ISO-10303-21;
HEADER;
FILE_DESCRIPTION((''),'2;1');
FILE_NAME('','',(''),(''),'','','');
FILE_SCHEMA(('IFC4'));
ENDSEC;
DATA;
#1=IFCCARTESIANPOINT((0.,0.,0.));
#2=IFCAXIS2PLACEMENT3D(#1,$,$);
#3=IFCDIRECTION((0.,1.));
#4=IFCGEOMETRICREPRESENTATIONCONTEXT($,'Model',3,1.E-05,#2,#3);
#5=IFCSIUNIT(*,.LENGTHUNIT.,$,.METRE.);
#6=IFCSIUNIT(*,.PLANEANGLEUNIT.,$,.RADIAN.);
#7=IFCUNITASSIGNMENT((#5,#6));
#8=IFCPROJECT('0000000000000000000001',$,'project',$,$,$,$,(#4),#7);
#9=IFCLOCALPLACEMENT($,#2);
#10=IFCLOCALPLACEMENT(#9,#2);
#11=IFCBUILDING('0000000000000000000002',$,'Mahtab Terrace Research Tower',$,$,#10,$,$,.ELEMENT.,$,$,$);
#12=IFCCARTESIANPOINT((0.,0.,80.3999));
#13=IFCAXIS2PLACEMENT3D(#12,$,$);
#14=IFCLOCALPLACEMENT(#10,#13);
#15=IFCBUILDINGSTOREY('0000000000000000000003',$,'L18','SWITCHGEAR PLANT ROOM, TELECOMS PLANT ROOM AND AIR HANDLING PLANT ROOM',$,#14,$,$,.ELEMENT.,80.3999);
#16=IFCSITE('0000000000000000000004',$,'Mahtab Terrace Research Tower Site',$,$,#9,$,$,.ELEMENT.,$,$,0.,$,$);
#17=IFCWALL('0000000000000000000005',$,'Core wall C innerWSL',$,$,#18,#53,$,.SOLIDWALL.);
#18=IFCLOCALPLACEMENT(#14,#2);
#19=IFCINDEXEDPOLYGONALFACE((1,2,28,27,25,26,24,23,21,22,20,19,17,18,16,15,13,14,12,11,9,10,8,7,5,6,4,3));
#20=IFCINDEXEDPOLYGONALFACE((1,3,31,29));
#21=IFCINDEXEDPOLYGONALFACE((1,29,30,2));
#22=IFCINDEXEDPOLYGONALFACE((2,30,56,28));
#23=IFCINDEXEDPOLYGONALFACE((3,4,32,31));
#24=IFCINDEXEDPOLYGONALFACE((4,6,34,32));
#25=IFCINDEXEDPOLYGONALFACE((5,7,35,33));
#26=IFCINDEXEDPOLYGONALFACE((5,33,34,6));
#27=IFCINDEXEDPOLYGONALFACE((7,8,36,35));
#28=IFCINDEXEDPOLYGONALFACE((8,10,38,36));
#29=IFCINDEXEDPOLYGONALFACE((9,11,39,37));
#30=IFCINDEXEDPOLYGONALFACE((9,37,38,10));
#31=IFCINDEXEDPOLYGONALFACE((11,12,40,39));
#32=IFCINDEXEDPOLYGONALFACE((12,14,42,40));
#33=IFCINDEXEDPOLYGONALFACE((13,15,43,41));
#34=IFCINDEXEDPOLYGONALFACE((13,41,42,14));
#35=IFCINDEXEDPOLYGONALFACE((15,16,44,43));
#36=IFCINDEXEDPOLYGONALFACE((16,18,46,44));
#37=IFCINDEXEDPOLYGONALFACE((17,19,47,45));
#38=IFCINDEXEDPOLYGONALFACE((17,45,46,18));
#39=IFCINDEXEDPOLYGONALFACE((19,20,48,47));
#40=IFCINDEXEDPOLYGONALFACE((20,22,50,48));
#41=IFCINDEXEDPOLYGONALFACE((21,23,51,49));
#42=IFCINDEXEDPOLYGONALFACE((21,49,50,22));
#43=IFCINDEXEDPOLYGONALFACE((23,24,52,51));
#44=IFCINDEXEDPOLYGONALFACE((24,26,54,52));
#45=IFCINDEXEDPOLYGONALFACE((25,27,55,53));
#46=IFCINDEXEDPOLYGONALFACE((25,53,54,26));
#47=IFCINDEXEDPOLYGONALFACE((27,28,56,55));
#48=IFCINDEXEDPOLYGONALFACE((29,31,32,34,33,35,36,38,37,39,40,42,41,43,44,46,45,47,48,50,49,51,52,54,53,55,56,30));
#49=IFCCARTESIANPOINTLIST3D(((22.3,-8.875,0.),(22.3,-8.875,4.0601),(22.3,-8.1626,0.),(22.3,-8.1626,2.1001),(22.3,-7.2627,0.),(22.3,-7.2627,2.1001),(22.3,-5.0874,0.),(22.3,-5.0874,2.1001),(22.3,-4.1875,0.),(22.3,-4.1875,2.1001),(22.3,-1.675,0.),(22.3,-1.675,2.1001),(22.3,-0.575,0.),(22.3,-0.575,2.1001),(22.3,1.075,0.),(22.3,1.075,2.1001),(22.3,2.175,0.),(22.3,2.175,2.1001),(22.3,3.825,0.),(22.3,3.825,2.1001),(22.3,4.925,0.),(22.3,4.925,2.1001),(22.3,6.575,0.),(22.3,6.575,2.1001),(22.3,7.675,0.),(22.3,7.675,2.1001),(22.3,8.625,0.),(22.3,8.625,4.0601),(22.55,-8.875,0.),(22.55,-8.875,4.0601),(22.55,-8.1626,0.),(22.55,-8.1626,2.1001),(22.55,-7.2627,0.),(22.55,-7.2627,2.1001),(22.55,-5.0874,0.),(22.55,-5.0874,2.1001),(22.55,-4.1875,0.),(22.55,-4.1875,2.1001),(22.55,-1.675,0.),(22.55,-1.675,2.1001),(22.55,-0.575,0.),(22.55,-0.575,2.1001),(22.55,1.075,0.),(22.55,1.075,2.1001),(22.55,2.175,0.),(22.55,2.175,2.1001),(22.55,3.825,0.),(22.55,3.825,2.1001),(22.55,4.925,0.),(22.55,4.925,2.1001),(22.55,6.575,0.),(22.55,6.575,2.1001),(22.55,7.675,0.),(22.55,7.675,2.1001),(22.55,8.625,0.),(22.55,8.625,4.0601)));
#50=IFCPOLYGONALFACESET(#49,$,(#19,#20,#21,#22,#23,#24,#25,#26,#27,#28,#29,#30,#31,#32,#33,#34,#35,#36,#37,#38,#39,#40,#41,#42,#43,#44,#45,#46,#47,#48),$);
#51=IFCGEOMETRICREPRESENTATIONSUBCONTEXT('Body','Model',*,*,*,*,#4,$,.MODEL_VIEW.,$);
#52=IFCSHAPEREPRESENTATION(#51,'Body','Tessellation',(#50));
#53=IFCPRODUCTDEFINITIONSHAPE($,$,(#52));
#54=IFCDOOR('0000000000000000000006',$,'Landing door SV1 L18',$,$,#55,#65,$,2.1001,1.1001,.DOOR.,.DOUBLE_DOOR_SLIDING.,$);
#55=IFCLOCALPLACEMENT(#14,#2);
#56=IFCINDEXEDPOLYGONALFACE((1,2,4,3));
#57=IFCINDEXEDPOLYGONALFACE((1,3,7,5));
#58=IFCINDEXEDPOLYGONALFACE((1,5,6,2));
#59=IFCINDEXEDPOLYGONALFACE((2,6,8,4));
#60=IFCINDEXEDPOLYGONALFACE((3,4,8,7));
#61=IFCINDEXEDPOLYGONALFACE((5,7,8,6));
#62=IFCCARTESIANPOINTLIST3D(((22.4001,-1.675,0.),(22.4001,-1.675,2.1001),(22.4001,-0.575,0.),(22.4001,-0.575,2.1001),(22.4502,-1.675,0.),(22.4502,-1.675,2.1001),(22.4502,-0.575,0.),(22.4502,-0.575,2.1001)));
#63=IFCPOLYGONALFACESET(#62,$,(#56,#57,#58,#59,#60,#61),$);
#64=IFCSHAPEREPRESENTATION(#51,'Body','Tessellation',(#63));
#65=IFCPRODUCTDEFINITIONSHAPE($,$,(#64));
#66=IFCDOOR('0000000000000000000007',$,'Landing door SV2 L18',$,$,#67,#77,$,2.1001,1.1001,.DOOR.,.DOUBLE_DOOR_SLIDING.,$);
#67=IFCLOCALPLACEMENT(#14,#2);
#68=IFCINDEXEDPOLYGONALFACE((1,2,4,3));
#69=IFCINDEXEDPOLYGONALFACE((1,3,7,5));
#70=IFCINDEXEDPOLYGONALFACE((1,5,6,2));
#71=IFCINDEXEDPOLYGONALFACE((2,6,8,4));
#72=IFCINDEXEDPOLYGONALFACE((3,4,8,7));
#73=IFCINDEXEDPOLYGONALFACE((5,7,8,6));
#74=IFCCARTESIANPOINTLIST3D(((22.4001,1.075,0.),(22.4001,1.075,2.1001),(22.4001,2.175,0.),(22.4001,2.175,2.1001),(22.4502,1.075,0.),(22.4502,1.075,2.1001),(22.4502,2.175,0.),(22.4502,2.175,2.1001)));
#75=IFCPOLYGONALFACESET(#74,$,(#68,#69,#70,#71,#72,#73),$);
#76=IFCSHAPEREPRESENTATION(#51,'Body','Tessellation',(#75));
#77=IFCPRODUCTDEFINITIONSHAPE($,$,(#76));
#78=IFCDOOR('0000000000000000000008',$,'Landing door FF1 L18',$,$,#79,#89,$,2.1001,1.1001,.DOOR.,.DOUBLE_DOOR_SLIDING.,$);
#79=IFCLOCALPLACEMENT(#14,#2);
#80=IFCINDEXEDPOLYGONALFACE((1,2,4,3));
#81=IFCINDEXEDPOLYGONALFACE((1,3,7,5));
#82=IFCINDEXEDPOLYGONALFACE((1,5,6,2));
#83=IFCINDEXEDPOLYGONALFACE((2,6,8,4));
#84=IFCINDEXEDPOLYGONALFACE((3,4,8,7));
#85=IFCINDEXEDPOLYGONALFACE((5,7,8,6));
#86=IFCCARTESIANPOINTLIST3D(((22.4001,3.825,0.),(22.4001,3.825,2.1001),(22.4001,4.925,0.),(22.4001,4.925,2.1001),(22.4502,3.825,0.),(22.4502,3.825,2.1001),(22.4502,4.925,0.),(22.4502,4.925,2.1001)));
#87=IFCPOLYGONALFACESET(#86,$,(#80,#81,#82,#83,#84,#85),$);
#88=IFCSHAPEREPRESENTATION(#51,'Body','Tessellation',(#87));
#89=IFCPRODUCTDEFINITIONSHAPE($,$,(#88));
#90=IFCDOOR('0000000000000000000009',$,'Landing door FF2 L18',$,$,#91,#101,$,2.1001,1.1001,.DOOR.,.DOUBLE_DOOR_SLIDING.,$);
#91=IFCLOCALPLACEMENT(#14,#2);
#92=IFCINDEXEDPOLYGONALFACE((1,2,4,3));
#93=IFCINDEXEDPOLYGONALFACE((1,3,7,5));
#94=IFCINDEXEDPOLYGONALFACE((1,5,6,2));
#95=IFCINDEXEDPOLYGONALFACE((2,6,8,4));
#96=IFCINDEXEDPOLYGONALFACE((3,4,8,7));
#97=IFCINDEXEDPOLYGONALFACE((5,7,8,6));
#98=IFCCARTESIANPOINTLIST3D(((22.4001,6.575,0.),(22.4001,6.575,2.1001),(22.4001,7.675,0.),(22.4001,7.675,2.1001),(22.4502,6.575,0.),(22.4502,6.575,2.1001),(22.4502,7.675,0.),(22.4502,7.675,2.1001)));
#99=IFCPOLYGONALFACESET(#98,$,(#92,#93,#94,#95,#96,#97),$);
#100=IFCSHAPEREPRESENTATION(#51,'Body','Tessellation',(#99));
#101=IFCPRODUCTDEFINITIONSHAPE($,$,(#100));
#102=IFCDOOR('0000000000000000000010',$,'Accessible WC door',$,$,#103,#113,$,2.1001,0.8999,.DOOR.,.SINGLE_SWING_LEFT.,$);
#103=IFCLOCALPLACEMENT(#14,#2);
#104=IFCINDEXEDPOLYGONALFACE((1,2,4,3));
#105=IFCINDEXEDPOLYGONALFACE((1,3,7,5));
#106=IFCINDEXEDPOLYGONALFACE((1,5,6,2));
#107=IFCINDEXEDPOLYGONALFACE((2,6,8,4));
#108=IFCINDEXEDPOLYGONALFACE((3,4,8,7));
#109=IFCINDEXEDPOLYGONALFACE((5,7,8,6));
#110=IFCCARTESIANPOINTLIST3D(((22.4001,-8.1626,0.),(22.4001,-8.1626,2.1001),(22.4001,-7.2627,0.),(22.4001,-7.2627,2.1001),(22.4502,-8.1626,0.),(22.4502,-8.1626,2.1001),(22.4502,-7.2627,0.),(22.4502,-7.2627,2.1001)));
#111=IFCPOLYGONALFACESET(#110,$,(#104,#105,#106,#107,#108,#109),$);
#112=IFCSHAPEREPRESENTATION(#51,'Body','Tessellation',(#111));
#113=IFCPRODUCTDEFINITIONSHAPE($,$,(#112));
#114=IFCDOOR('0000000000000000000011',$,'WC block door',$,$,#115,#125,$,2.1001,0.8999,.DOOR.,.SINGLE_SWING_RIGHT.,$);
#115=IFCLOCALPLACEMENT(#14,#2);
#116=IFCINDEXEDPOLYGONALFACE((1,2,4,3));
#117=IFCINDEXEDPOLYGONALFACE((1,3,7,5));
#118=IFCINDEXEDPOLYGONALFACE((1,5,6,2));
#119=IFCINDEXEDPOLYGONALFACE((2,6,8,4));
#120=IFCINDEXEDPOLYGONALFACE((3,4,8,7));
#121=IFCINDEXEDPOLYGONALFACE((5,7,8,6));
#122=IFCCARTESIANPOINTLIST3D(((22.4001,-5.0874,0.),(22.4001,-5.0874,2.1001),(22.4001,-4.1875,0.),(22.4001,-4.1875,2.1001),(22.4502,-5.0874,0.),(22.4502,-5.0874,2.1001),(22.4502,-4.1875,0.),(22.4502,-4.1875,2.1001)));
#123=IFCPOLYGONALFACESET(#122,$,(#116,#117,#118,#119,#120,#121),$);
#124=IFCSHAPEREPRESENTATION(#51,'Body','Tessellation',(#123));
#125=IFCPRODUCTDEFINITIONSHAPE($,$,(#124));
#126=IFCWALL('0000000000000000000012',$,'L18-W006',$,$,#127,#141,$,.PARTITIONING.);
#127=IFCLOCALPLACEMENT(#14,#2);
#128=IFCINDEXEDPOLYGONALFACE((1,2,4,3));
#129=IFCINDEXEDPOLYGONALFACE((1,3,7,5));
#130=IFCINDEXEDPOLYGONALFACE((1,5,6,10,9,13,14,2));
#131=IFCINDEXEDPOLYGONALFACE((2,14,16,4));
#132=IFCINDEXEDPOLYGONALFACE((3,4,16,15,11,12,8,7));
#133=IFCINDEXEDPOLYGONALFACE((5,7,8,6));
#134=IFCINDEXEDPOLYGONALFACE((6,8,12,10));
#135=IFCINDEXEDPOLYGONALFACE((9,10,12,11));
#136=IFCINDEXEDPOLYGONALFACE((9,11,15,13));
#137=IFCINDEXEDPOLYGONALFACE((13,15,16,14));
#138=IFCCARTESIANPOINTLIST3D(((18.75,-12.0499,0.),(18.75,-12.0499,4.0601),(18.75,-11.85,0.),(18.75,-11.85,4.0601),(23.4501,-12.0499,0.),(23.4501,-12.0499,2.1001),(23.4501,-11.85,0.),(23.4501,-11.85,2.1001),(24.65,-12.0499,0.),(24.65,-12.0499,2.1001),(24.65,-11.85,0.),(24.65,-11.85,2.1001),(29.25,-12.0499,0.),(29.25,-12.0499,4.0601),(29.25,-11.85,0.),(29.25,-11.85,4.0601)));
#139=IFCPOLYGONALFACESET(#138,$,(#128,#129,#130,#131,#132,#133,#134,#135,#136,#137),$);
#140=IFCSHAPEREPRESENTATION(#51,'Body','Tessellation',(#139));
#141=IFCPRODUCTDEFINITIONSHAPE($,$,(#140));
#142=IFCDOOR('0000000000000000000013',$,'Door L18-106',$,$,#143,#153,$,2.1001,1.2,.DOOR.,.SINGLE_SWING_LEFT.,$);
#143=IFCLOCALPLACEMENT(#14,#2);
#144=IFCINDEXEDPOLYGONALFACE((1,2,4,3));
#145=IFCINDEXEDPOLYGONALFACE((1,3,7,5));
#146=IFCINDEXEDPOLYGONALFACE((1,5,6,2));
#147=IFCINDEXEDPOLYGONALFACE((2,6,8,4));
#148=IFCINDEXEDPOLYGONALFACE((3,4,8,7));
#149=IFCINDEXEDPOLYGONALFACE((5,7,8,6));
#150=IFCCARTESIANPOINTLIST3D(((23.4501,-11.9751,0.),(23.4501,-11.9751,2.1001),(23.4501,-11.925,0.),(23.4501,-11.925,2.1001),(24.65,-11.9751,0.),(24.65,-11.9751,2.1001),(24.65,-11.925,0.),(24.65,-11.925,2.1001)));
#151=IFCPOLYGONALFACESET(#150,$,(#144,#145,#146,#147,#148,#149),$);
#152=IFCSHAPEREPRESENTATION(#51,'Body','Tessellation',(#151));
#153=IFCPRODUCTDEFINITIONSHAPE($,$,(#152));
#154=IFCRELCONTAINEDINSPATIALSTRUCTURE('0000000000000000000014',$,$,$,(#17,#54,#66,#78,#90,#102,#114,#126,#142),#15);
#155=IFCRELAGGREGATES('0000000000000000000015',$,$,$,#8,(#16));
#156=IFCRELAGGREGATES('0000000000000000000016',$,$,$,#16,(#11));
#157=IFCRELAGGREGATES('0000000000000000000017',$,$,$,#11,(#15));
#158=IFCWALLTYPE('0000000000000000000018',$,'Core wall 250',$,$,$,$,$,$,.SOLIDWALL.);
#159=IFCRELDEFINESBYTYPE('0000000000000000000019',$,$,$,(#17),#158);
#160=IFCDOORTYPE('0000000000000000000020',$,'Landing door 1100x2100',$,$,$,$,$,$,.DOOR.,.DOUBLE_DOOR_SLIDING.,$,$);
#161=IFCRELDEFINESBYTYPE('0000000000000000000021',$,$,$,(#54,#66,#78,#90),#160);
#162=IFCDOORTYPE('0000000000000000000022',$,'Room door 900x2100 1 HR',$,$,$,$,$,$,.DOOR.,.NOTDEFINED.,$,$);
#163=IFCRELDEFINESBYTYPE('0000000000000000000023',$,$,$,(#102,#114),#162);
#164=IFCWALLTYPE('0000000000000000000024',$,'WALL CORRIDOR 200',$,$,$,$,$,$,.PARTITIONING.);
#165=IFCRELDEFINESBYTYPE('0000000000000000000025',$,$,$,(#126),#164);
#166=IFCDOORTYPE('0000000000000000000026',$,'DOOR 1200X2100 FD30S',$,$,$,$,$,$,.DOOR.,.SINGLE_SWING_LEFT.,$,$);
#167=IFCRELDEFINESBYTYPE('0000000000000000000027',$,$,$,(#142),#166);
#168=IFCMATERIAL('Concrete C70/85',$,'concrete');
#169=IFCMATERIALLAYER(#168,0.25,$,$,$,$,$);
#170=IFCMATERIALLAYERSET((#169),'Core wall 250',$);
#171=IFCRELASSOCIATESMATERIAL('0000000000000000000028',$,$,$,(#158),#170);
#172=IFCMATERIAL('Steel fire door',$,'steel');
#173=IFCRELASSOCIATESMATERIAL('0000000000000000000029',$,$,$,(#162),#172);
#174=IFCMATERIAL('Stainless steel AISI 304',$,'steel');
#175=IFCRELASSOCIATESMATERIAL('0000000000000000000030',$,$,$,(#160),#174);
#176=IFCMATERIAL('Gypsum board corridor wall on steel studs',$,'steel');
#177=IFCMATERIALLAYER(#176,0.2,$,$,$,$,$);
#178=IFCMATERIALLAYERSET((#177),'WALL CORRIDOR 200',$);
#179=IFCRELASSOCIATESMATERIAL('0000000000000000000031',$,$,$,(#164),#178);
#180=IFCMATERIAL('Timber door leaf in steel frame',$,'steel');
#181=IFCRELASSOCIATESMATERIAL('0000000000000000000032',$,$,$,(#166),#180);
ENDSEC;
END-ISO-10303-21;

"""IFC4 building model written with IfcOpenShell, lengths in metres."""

from ifc_helpers import new_model, si_unit, direction, frame, frame_2d, origin, place, context, subcontext, project, spatial, rectangle, extrude, material, layer, layer_set, type_object, element, fill, save


model = new_model("IFC4")

# Units and contexts
model_context = context("Model", 3, precision=1e-05, world=origin(), true_north=direction((0.0, 1.0)))
body_context = subcontext(model_context, "Body", "Model", "MODEL_VIEW")
ifc_project = project(units=[si_unit("LENGTHUNIT", "METRE"), si_unit("PLANEANGLEUNIT", "RADIAN")], contexts=[model_context])

# Site, building, storey
site_placement = place(None, origin())
site = spatial("IfcSite", under=ifc_project, at=site_placement, Name="Mahtab Terrace Research Tower Site", CompositionType="ELEMENT", RefElevation=0.0)
building_placement = place(site_placement, origin())
building = spatial("IfcBuilding", under=site, at=building_placement, Name="Mahtab Terrace Research Tower", CompositionType="ELEMENT")
storey_placement = place(building_placement, frame((0.0, 0.0, 80.3999)))
storey = spatial("IfcBuildingStorey", under=building, at=storey_placement, Name="L18", Description="SWITCHGEAR PLANT ROOM, TELECOMS PLANT ROOM AND AIR HANDLING PLANT ROOM", CompositionType="ELEMENT", Elevation=80.3999)

# Shared definitions
ifc_material_1 = material(Name="Concrete C70/85", Category="concrete")

# Shared definitions
ifc_layer_1 = layer(ifc_material_1, 0.25)
ifc_layer_set_1 = layer_set([ifc_layer_1], Name="Core wall 250")
wall_type_1 = type_object("IfcWallType", Name="Core wall 250", PredefinedType="SOLIDWALL", material=ifc_layer_set_1)
ifc_material_2 = material(Name="Steel fire door", Category="steel")
door_type_1 = type_object("IfcDoorType", Name="Room door 900x2100 1 HR", OperationType="NOTDEFINED", PredefinedType="DOOR", material=ifc_material_2)

# Wall, openings, doors
wall_1_placement = place(storey_placement, frame((22.425, -8.875, 0.0), z_axis=(0.0, 0.0, 1.0), x_axis=(0.0, 1.0, 0.0)))
wall_1 = element("IfcWall", 1, at=wall_1_placement, inside=storey, type_object=wall_type_1, Name="Core wall C innerWSL", PredefinedType="SOLIDWALL", context=body_context, shape_type="SweptSolid", body=[
    extrude(rectangle(XDim=17.5, YDim=0.25, at=frame_2d((8.75, 0.0))), origin(), (0.0, 0.0, 1.0), 4.0601),
])
opening_1_placement = place(wall_1_placement, frame((7.2, 0.0, 0.0)))
opening_1 = element("IfcOpeningElement", 2, at=opening_1_placement, cuts=wall_1, PredefinedType="OPENING", context=body_context, shape_type="SweptSolid", body=[
    extrude(rectangle(XDim=1.1001, YDim=2.1001, at=frame_2d((0.55, 1.05))), frame((0.0, 0.135, 0.0), z_axis=(0.0, -1.0, 0.0), x_axis=(1.0, 0.0, 0.0)), (0.0, 0.0, 1.0), 0.27),
])
opening_2_placement = place(wall_1_placement, frame((9.95, 0.0, 0.0)))
opening_2 = element("IfcOpeningElement", 3, at=opening_2_placement, cuts=wall_1, PredefinedType="OPENING", context=body_context, shape_type="SweptSolid", body=[
    extrude(rectangle(XDim=1.1001, YDim=2.1001, at=frame_2d((0.55, 1.05))), frame((0.0, 0.135, 0.0), z_axis=(0.0, -1.0, 0.0), x_axis=(1.0, 0.0, 0.0)), (0.0, 0.0, 1.0), 0.27),
])
opening_3_placement = place(wall_1_placement, frame((12.7, 0.0, 0.0)))
opening_3 = element("IfcOpeningElement", 4, at=opening_3_placement, cuts=wall_1, PredefinedType="OPENING", context=body_context, shape_type="SweptSolid", body=[
    extrude(rectangle(XDim=1.1001, YDim=2.1001, at=frame_2d((0.55, 1.05))), frame((0.0, 0.135, 0.0), z_axis=(0.0, -1.0, 0.0), x_axis=(1.0, 0.0, 0.0)), (0.0, 0.0, 1.0), 0.27),
])
opening_4_placement = place(wall_1_placement, frame((15.45, 0.0, 0.0)))
opening_4 = element("IfcOpeningElement", 5, at=opening_4_placement, cuts=wall_1, PredefinedType="OPENING", context=body_context, shape_type="SweptSolid", body=[
    extrude(rectangle(XDim=1.1001, YDim=2.1001, at=frame_2d((0.55, 1.05))), frame((0.0, 0.135, 0.0), z_axis=(0.0, -1.0, 0.0), x_axis=(1.0, 0.0, 0.0)), (0.0, 0.0, 1.0), 0.27),
])
opening_5_placement = place(wall_1_placement, frame((0.7124, 0.0, 0.0)))
opening_5 = element("IfcOpeningElement", 6, at=opening_5_placement, cuts=wall_1, PredefinedType="OPENING", context=body_context, shape_type="SweptSolid", body=[
    extrude(rectangle(XDim=0.8999, YDim=2.1001, at=frame_2d((0.45, 1.05))), frame((0.0, 0.135, 0.0), z_axis=(0.0, -1.0, 0.0), x_axis=(1.0, 0.0, 0.0)), (0.0, 0.0, 1.0), 0.27),
])
opening_6_placement = place(wall_1_placement, frame((3.7876, 0.0, 0.0)))
opening_6 = element("IfcOpeningElement", 7, at=opening_6_placement, cuts=wall_1, PredefinedType="OPENING", context=body_context, shape_type="SweptSolid", body=[
    extrude(rectangle(XDim=0.8999, YDim=2.1001, at=frame_2d((0.45, 1.05))), frame((0.0, 0.135, 0.0), z_axis=(0.0, -1.0, 0.0), x_axis=(1.0, 0.0, 0.0)), (0.0, 0.0, 1.0), 0.27),
])
ifc_material_3 = material(Name="Stainless steel AISI 304", Category="steel")
door_type_2 = type_object("IfcDoorType", Name="Landing door 1100x2100", OperationType="DOUBLE_DOOR_SLIDING", PredefinedType="DOOR", material=ifc_material_3)
door_1_placement = place(opening_1_placement, origin())
door_1 = element("IfcDoor", 8, at=door_1_placement, inside=storey, type_object=door_type_2, Name="Landing door SV1 L18", OperationType="DOUBLE_DOOR_SLIDING", OverallHeight=2.1001, OverallWidth=1.1001, PredefinedType="DOOR", context=body_context, shape_type="SweptSolid", body=[
    extrude(rectangle(XDim=1.1001, YDim=2.1001, at=frame_2d((0.55, 1.05))), frame((0.0, 0.0249, 0.0), z_axis=(0.0, -1.0, 0.0), x_axis=(1.0, 0.0, 0.0)), (0.0, 0.0, 1.0), 0.05),
])
fill(opening_1, door_1)
door_2_placement = place(opening_2_placement, origin())
door_2 = element("IfcDoor", 9, at=door_2_placement, inside=storey, type_object=door_type_2, Name="Landing door SV2 L18", OperationType="DOUBLE_DOOR_SLIDING", OverallHeight=2.1001, OverallWidth=1.1001, PredefinedType="DOOR", context=body_context, shape_type="SweptSolid", body=[
    extrude(rectangle(XDim=1.1001, YDim=2.1001, at=frame_2d((0.55, 1.05))), frame((0.0, 0.0249, 0.0), z_axis=(0.0, -1.0, 0.0), x_axis=(1.0, 0.0, 0.0)), (0.0, 0.0, 1.0), 0.05),
])
fill(opening_2, door_2)
door_3_placement = place(opening_3_placement, origin())
door_3 = element("IfcDoor", 10, at=door_3_placement, inside=storey, type_object=door_type_2, Name="Landing door FF1 L18", OperationType="DOUBLE_DOOR_SLIDING", OverallHeight=2.1001, OverallWidth=1.1001, PredefinedType="DOOR", context=body_context, shape_type="SweptSolid", body=[
    extrude(rectangle(XDim=1.1001, YDim=2.1001, at=frame_2d((0.55, 1.05))), frame((0.0, 0.0249, 0.0), z_axis=(0.0, -1.0, 0.0), x_axis=(1.0, 0.0, 0.0)), (0.0, 0.0, 1.0), 0.05),
])
fill(opening_3, door_3)
door_4_placement = place(opening_4_placement, origin())
door_4 = element("IfcDoor", 11, at=door_4_placement, inside=storey, type_object=door_type_2, Name="Landing door FF2 L18", OperationType="DOUBLE_DOOR_SLIDING", OverallHeight=2.1001, OverallWidth=1.1001, PredefinedType="DOOR", context=body_context, shape_type="SweptSolid", body=[
    extrude(rectangle(XDim=1.1001, YDim=2.1001, at=frame_2d((0.55, 1.05))), frame((0.0, 0.0249, 0.0), z_axis=(0.0, -1.0, 0.0), x_axis=(1.0, 0.0, 0.0)), (0.0, 0.0, 1.0), 0.05),
])
fill(opening_4, door_4)
door_5_placement = place(opening_5_placement, origin())
door_5 = element("IfcDoor", 12, at=door_5_placement, inside=storey, type_object=door_type_1, Name="Accessible WC door", OperationType="SINGLE_SWING_LEFT", OverallHeight=2.1001, OverallWidth=0.8999, PredefinedType="DOOR", context=body_context, shape_type="SweptSolid", body=[
    extrude(rectangle(XDim=0.8999, YDim=2.1001, at=frame_2d((0.45, 1.05))), frame((0.0, 0.0249, 0.0), z_axis=(0.0, -1.0, 0.0), x_axis=(1.0, 0.0, 0.0)), (0.0, 0.0, 1.0), 0.05),
])
fill(opening_5, door_5)
door_6_placement = place(opening_6_placement, origin())
door_6 = element("IfcDoor", 13, at=door_6_placement, inside=storey, type_object=door_type_1, Name="WC block door", OperationType="SINGLE_SWING_RIGHT", OverallHeight=2.1001, OverallWidth=0.8999, PredefinedType="DOOR", context=body_context, shape_type="SweptSolid", body=[
    extrude(rectangle(XDim=0.8999, YDim=2.1001, at=frame_2d((0.45, 1.05))), frame((0.0, 0.0249, 0.0), z_axis=(0.0, -1.0, 0.0), x_axis=(1.0, 0.0, 0.0)), (0.0, 0.0, 1.0), 0.05),
])
fill(opening_6, door_6)

# Wall, opening, door
ifc_material_4 = material(Name="Gypsum board corridor wall on steel studs", Category="steel")
ifc_layer_2 = layer(ifc_material_4, 0.2)
ifc_layer_set_2 = layer_set([ifc_layer_2], Name="WALL CORRIDOR 200")
wall_type_2 = type_object("IfcWallType", Name="WALL CORRIDOR 200", PredefinedType="PARTITIONING", material=ifc_layer_set_2)
wall_2_placement = place(storey_placement, frame((18.75, -11.95, 0.0), z_axis=(0.0, 0.0, 1.0), x_axis=(1.0, 0.0, 0.0)))
wall_2 = element("IfcWall", 14, at=wall_2_placement, inside=storey, type_object=wall_type_2, Name="L18-W006", PredefinedType="PARTITIONING", context=body_context, shape_type="SweptSolid", body=[
    extrude(rectangle(XDim=10.5, YDim=0.2, at=frame_2d((5.25, 0.0))), origin(), (0.0, 0.0, 1.0), 4.0601),
])
opening_7_placement = place(wall_2_placement, frame((4.7, 0.0, 0.0)))
opening_7 = element("IfcOpeningElement", 15, at=opening_7_placement, cuts=wall_2, PredefinedType="OPENING", context=body_context, shape_type="SweptSolid", body=[
    extrude(rectangle(XDim=1.2, YDim=2.1001, at=frame_2d((0.6001, 1.05))), frame((0.0, 0.1099, 0.0), z_axis=(0.0, -1.0, 0.0), x_axis=(1.0, 0.0, 0.0)), (0.0, 0.0, 1.0), 0.22),
])
ifc_material_5 = material(Name="Timber door leaf in steel frame", Category="steel")
door_type_3 = type_object("IfcDoorType", Name="DOOR 1200X2100 FD30S", OperationType="SINGLE_SWING_LEFT", PredefinedType="DOOR", material=ifc_material_5)
door_7_placement = place(opening_7_placement, origin())
door_7 = element("IfcDoor", 16, at=door_7_placement, inside=storey, type_object=door_type_3, Name="Door L18-106", OperationType="SINGLE_SWING_LEFT", OverallHeight=2.1001, OverallWidth=1.2, PredefinedType="DOOR", context=body_context, shape_type="SweptSolid", body=[
    extrude(rectangle(XDim=1.2, YDim=2.1001, at=frame_2d((0.6001, 1.05))), frame((0.0, 0.0249, 0.0), z_axis=(0.0, -1.0, 0.0), x_axis=(1.0, 0.0, 0.0)), (0.0, 0.0, 1.0), 0.05),
])
fill(opening_7, door_7)

save(model, "model.ifc")
